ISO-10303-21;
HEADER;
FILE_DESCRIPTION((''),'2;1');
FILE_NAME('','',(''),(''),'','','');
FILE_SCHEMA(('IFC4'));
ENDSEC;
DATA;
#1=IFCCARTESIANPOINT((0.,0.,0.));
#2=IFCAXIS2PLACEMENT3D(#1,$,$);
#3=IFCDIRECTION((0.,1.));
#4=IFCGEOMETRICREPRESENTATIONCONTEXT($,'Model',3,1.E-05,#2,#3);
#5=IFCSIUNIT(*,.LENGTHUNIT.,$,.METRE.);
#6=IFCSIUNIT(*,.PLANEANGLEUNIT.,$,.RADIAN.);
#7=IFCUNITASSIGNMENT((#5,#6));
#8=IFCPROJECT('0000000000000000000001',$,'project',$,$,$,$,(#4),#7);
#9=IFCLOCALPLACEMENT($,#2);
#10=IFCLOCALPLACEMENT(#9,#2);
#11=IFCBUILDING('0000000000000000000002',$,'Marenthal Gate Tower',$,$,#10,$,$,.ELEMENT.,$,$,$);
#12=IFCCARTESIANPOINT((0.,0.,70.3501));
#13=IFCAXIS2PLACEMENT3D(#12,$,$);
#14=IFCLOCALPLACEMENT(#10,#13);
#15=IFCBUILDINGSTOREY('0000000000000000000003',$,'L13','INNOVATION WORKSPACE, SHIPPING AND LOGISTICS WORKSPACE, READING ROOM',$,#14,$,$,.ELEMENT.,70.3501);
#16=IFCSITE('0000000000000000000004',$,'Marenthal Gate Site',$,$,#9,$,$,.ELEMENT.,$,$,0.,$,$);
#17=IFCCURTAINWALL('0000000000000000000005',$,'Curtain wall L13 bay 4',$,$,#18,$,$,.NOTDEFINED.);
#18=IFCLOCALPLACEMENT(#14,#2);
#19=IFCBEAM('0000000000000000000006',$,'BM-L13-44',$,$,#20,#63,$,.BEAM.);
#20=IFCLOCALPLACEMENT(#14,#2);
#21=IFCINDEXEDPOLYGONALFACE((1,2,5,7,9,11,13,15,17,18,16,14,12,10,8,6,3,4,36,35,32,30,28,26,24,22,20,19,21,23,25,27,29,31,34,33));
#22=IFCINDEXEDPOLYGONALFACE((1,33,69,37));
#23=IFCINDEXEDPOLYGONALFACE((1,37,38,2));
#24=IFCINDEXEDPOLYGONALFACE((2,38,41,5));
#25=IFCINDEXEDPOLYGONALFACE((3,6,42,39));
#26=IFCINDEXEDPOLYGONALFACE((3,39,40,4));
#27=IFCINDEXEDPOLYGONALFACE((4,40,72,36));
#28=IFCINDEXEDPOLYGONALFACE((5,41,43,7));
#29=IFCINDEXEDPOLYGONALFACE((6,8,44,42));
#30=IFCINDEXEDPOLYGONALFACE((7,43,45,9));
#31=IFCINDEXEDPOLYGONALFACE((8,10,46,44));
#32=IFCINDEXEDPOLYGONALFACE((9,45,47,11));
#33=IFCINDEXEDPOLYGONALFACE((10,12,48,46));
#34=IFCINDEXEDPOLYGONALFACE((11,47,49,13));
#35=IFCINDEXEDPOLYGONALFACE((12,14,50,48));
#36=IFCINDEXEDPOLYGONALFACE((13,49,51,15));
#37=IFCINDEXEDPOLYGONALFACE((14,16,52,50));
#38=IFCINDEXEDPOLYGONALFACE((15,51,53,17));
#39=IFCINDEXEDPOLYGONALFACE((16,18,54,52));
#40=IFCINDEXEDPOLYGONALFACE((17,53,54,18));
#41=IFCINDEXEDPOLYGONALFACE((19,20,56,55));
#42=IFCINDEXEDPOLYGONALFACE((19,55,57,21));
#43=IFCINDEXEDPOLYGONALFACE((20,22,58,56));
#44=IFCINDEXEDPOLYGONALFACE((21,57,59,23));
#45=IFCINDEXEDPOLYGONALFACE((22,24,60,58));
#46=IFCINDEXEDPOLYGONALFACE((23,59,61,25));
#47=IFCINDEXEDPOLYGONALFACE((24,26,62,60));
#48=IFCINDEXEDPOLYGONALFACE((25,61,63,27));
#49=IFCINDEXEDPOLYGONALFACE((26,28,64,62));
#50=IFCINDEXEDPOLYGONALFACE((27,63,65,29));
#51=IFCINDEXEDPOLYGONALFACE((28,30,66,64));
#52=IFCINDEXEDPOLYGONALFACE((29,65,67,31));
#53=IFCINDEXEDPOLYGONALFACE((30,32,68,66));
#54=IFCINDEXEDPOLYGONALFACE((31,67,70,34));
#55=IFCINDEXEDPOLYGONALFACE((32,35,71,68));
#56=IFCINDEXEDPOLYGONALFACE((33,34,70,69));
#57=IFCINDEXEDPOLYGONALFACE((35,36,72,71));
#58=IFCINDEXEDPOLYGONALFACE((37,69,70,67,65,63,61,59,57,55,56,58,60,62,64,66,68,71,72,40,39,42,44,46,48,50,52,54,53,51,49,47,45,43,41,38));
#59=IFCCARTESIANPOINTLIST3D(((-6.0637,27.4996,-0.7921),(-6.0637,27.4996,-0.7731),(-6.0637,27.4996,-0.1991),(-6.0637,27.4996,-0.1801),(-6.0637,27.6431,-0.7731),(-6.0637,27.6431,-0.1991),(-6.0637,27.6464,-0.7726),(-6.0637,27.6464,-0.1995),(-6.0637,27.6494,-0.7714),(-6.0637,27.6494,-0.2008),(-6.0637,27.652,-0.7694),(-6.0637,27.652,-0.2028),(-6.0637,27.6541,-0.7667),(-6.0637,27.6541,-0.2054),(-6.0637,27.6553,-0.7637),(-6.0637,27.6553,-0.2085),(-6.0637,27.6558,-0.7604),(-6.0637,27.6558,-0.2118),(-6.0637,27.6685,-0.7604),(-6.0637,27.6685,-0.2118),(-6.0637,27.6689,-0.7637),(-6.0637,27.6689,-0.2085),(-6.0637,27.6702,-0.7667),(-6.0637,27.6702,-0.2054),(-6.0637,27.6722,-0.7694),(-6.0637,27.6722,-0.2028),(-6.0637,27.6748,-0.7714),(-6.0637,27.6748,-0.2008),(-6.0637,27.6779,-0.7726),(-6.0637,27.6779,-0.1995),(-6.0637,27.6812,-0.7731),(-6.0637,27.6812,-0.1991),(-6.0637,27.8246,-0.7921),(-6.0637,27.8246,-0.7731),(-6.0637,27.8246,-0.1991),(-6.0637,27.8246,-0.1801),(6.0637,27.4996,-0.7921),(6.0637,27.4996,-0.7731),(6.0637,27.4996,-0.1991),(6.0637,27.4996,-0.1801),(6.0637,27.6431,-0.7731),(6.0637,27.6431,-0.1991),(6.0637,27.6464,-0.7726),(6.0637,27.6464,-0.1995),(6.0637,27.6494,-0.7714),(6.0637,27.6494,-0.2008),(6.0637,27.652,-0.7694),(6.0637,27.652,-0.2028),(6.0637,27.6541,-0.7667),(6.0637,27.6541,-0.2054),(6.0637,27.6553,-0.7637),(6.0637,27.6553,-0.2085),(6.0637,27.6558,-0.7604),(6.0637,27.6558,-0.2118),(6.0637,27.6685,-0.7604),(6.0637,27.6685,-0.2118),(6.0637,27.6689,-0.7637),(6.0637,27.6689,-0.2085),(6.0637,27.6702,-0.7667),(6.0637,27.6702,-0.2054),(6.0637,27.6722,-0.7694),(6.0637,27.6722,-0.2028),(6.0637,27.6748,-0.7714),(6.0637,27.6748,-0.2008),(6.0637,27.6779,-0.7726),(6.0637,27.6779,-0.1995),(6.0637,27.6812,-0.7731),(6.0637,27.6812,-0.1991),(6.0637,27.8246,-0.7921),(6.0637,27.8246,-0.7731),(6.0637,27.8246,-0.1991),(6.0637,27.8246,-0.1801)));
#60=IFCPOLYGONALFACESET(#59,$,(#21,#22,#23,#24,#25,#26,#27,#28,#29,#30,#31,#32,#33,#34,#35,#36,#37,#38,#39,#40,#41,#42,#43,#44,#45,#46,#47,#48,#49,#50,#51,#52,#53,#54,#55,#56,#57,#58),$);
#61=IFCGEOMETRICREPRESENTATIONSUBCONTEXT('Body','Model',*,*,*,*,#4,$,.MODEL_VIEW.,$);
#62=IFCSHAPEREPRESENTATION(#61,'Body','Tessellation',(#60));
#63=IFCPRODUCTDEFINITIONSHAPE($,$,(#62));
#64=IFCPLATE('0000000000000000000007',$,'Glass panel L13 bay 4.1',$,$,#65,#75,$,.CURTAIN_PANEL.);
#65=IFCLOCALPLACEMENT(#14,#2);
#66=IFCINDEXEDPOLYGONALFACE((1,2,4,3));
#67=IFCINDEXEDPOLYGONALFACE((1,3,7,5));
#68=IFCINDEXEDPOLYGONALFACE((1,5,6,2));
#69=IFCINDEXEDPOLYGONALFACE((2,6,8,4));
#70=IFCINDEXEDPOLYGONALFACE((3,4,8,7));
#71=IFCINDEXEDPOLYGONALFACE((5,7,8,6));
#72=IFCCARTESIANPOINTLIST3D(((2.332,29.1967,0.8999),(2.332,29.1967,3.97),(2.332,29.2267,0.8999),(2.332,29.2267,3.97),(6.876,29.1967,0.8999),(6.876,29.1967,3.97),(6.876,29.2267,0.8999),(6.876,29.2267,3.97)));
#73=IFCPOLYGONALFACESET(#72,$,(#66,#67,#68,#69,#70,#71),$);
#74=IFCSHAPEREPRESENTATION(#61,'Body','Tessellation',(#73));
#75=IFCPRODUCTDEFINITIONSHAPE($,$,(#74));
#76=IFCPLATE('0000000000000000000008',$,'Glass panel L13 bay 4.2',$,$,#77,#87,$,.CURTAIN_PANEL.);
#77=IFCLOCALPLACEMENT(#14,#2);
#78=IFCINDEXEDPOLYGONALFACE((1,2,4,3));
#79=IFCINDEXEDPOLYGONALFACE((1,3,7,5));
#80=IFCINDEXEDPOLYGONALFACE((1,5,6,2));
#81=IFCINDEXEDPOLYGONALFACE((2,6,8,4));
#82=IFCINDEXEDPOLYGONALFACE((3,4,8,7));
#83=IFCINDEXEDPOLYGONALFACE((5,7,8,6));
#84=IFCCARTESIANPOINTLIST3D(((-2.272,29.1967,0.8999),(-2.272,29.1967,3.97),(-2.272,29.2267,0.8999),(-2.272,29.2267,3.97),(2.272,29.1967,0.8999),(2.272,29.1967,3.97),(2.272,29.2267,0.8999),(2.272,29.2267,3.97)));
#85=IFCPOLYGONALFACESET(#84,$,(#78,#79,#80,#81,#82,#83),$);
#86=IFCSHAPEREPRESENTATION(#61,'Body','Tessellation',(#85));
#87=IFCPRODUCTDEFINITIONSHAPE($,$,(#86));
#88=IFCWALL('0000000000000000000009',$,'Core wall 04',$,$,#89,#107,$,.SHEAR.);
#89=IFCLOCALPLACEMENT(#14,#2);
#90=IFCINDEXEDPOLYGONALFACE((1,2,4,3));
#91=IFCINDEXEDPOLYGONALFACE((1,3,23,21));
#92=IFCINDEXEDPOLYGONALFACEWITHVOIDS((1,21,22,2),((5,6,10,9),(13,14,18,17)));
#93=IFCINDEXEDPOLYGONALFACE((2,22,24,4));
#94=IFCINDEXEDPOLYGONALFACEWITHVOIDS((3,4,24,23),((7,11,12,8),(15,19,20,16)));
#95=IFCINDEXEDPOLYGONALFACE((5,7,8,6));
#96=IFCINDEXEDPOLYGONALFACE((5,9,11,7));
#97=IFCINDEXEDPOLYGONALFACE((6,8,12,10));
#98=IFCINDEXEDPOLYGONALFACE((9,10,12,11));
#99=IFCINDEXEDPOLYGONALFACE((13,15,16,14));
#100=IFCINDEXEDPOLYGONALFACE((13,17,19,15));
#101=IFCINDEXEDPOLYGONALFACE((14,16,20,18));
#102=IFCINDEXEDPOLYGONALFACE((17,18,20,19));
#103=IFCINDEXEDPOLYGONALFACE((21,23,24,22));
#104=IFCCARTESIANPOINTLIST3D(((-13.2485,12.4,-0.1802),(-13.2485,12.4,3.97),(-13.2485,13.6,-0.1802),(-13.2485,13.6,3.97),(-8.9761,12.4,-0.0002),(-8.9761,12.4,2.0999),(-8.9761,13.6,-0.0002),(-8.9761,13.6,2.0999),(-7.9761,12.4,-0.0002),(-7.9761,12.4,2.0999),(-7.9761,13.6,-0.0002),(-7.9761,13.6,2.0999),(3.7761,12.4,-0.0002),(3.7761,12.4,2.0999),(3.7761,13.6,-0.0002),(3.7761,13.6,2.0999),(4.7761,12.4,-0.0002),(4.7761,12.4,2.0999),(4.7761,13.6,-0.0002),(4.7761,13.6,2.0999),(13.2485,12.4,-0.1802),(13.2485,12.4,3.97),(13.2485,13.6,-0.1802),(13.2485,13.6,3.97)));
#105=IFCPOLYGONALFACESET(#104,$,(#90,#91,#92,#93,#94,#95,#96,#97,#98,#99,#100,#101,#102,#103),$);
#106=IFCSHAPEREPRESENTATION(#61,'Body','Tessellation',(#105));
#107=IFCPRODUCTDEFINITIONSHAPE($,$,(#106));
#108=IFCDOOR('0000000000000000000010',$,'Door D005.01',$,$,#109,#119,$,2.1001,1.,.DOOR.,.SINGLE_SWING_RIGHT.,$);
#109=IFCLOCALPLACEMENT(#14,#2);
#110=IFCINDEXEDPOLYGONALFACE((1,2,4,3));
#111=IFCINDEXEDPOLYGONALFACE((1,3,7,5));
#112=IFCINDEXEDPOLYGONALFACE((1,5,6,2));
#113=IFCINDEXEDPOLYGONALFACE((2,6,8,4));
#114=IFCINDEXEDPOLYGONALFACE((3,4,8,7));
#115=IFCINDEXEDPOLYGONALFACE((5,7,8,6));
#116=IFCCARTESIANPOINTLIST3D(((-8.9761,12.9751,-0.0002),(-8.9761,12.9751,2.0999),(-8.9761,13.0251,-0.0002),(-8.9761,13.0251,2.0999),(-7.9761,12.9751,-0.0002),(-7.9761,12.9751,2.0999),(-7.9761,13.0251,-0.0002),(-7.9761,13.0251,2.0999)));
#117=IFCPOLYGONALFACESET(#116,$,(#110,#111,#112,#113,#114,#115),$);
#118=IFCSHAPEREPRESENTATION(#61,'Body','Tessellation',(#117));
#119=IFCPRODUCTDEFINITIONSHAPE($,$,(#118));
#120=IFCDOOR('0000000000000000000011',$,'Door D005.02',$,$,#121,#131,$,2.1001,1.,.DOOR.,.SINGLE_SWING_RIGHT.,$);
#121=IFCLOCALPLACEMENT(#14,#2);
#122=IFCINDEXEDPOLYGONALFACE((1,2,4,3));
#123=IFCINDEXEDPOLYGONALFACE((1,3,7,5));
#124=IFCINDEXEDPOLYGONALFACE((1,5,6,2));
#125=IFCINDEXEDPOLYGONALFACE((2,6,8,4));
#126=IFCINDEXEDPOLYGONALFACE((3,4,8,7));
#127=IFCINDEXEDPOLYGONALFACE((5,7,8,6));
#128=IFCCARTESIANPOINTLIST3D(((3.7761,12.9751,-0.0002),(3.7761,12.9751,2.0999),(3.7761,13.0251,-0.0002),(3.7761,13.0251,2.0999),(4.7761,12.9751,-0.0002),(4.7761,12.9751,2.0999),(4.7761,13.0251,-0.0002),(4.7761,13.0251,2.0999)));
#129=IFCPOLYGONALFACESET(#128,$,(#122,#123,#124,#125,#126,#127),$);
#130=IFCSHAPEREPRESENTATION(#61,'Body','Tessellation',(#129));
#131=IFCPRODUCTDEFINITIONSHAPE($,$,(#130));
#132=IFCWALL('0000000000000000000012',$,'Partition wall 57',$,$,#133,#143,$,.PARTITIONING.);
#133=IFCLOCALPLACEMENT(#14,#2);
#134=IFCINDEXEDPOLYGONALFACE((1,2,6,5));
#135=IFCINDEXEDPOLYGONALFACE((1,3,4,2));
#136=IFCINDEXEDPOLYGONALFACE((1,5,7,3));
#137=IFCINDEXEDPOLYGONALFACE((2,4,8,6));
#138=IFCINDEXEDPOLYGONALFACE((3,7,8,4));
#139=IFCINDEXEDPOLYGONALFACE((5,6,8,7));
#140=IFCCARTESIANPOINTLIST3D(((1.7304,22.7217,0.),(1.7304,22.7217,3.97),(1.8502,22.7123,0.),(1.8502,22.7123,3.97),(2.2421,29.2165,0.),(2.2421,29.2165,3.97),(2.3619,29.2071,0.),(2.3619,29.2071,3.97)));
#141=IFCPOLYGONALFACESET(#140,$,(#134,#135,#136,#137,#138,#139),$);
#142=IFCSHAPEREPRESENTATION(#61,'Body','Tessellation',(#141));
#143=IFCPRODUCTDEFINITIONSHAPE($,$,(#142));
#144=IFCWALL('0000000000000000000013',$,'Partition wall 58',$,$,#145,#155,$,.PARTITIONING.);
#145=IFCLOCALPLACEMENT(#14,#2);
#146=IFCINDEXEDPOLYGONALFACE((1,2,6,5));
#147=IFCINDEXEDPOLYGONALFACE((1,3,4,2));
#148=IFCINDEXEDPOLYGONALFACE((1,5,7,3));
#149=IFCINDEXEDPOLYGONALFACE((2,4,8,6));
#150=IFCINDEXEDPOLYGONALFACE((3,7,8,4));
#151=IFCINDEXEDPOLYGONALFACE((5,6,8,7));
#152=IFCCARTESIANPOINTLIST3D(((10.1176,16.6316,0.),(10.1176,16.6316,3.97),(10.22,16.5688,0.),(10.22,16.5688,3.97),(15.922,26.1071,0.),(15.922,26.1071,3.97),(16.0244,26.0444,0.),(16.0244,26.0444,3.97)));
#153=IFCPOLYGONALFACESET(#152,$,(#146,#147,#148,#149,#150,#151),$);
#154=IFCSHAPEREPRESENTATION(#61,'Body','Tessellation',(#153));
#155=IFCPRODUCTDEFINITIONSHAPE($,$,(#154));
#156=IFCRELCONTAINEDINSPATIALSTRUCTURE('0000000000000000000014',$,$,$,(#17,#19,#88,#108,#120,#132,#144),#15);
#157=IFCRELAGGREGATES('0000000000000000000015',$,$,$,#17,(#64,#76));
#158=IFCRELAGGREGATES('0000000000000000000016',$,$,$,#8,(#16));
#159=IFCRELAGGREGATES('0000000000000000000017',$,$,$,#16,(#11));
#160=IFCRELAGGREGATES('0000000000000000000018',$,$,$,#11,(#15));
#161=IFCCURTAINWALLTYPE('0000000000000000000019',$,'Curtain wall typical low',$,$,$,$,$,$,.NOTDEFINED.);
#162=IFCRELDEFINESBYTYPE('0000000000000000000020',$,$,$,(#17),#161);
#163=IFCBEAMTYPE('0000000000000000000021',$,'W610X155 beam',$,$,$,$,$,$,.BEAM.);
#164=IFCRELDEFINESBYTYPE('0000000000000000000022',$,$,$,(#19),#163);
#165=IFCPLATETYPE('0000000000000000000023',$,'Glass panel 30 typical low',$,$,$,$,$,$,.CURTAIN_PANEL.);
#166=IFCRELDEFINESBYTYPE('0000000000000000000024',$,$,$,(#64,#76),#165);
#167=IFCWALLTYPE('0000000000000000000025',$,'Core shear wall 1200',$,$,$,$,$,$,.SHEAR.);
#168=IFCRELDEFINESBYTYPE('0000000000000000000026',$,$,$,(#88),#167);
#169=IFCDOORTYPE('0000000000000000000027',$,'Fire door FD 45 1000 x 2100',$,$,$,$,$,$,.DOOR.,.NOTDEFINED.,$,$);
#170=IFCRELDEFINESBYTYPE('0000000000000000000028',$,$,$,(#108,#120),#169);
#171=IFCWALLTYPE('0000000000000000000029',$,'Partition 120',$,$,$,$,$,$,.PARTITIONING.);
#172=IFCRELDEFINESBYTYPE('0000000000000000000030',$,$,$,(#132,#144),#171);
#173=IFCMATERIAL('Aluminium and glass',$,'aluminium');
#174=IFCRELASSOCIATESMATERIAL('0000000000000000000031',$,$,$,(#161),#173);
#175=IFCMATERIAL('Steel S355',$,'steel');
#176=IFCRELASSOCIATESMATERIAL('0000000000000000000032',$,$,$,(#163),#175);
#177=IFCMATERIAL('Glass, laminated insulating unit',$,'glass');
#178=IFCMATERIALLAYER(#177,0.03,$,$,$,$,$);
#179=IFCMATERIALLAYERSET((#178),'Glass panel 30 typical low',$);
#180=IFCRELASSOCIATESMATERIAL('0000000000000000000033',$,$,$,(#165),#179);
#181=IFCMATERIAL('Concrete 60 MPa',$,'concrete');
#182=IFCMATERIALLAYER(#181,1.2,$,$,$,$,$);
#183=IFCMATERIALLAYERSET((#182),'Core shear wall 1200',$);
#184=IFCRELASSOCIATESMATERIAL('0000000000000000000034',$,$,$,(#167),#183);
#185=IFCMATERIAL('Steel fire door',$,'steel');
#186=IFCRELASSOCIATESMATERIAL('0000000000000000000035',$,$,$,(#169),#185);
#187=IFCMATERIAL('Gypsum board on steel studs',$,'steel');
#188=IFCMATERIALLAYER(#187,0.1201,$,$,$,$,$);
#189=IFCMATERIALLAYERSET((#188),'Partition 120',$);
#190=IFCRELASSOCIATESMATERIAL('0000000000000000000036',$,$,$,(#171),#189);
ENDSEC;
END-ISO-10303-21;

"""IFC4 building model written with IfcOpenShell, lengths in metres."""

from ifc_helpers import new_model, si_unit, direction, frame, frame_2d, origin, origin_2d, place, context, subcontext, project, spatial, rectangle, i_section, extrude, material, layer, layer_set, material_profile, profile_set, type_object, element, fill, aggregate, save


model = new_model("IFC4")

# Units and contexts
model_context = context("Model", 3, precision=1e-05, world=origin(), true_north=direction((0.0, 1.0)))
body_context = subcontext(model_context, "Body", "Model", "MODEL_VIEW")
ifc_project = project(units=[si_unit("LENGTHUNIT", "METRE"), si_unit("PLANEANGLEUNIT", "RADIAN")], contexts=[model_context])

# Site, building, storey
site_placement = place(None, origin())
site = spatial("IfcSite", under=ifc_project, at=site_placement, Name="Marenthal Gate Site", CompositionType="ELEMENT", RefElevation=0.0)
building_placement = place(site_placement, origin())
building = spatial("IfcBuilding", under=site, at=building_placement, Name="Marenthal Gate Tower", CompositionType="ELEMENT")
storey_placement = place(building_placement, frame((0.0, 0.0, 70.3501)))
storey = spatial("IfcBuildingStorey", under=building, at=storey_placement, Name="L13", Description="INNOVATION WORKSPACE, SHIPPING AND LOGISTICS WORKSPACE, READING ROOM", CompositionType="ELEMENT", Elevation=70.3501)

# Curtain wall
ifc_material_1 = material(Name="Aluminium and glass", Category="aluminium")
curtain_wall_type = type_object("IfcCurtainWallType", Name="Curtain wall typical low", PredefinedType="NOTDEFINED", material=ifc_material_1)
curtain_wall_placement = place(storey_placement, origin())
curtain_wall = element("IfcCurtainWall", 1, at=curtain_wall_placement, inside=storey, type_object=curtain_wall_type, Name="Curtain wall L13 bay 4", PredefinedType="NOTDEFINED")

# Beam
ifc_material_2 = material(Name="Steel S355", Category="steel")
ifc_material_profile_1 = material_profile(ifc_material_2, i_section(OverallWidth=0.325, OverallDepth=0.6121, WebThickness=0.0127, FlangeThickness=0.019, FilletRadius=0.0127, at=origin_2d()), Name="W610X155")
ifc_profile_set_1 = profile_set([ifc_material_profile_1], Name="Steel S355")
beam_type_1 = type_object("IfcBeamType", Name="W610X155 beam", PredefinedType="BEAM", material=ifc_profile_set_1)
beam_1_placement = place(storey_placement, frame((6.0637, 27.6621, -0.4861), z_axis=(-1.0, 0.0, 0.0), x_axis=(0.0, -1.0, 0.0)))
element("IfcBeam", 2, at=beam_1_placement, inside=storey, type_object=beam_type_1, Name="BM-L13-44", PredefinedType="BEAM", context=body_context, shape_type="SweptSolid", body=[
    extrude(i_section(OverallWidth=0.325, OverallDepth=0.6121, WebThickness=0.0127, FlangeThickness=0.019, FilletRadius=0.0127, at=origin_2d()), origin(), (0.0, 0.0, 1.0), 12.1274),
])

# Plates
ifc_material_3 = material(Name="Glass, laminated insulating unit", Category="glass")
ifc_layer_1 = layer(ifc_material_3, 0.03)
ifc_layer_set_1 = layer_set([ifc_layer_1], Name="Glass panel 30 typical low")
plate_type = type_object("IfcPlateType", Name="Glass panel 30 typical low", PredefinedType="CURTAIN_PANEL", material=ifc_layer_set_1)
plate_1_placement = place(storey_placement, frame((4.604, 29.2117, 0.8999), z_axis=(0.0, 0.0, 1.0), x_axis=(-1.0, 0.0, 0.0)))
plate_1 = element("IfcPlate", 3, at=plate_1_placement, type_object=plate_type, Name="Glass panel L13 bay 4.1", PredefinedType="CURTAIN_PANEL", context=body_context, shape_type="SweptSolid", body=[
    extrude(rectangle(XDim=4.5439, YDim=0.03, at=origin_2d()), origin(), (0.0, 0.0, 1.0), 3.0701),
])
plate_2_placement = place(storey_placement, frame((0.0, 29.2117, 0.8999), z_axis=(0.0, 0.0, 1.0), x_axis=(-1.0, 0.0, 0.0)))
plate_2 = element("IfcPlate", 4, at=plate_2_placement, type_object=plate_type, Name="Glass panel L13 bay 4.2", PredefinedType="CURTAIN_PANEL", context=body_context, shape_type="SweptSolid", body=[
    extrude(rectangle(XDim=4.5439, YDim=0.03, at=origin_2d()), origin(), (0.0, 0.0, 1.0), 3.0701),
])
aggregate(curtain_wall, [plate_1, plate_2])

# Wall, openings, doors
ifc_material_4 = material(Name="Concrete 60 MPa", Category="concrete")
ifc_layer_2 = layer(ifc_material_4, 1.2)
ifc_layer_set_2 = layer_set([ifc_layer_2], Name="Core shear wall 1200")
wall_type_1 = type_object("IfcWallType", Name="Core shear wall 1200", PredefinedType="SHEAR", material=ifc_layer_set_2)
wall_1_placement = place(storey_placement, frame((13.2485, 13.0, -0.1802), z_axis=(0.0, 0.0, 1.0), x_axis=(-1.0, 0.0, 0.0)))
wall_1 = element("IfcWall", 5, at=wall_1_placement, inside=storey, type_object=wall_type_1, Name="Core wall 04", PredefinedType="SHEAR", context=body_context, shape_type="SweptSolid", body=[
    extrude(rectangle(XDim=26.4971, YDim=1.2, at=frame_2d((13.2485, 0.0))), origin(), (0.0, 0.0, 1.0), 4.1501),
])
opening_1_placement = place(wall_1_placement, frame((21.2246, 0.0, 0.1799)))
opening_1 = element("IfcOpeningElement", 6, at=opening_1_placement, cuts=wall_1, PredefinedType="OPENING", context=body_context, shape_type="SweptSolid", body=[
    extrude(rectangle(XDim=1.0, YDim=2.1001, at=frame_2d((0.5, 1.05))), frame((0.0, 0.6099, 0.0), z_axis=(0.0, -1.0, 0.0), x_axis=(1.0, 0.0, 0.0)), (0.0, 0.0, 1.0), 1.22),
])
opening_2_placement = place(wall_1_placement, frame((8.4724, 0.0, 0.1799)))
opening_2 = element("IfcOpeningElement", 7, at=opening_2_placement, cuts=wall_1, PredefinedType="OPENING", context=body_context, shape_type="SweptSolid", body=[
    extrude(rectangle(XDim=1.0, YDim=2.1001, at=frame_2d((0.5, 1.05))), frame((0.0, 0.6099, 0.0), z_axis=(0.0, -1.0, 0.0), x_axis=(1.0, 0.0, 0.0)), (0.0, 0.0, 1.0), 1.22),
])
ifc_material_5 = material(Name="Steel fire door", Category="steel")
door_type_1 = type_object("IfcDoorType", Name="Fire door FD 45 1000 x 2100", OperationType="NOTDEFINED", PredefinedType="DOOR", material=ifc_material_5)
door_1_placement = place(opening_1_placement, origin())
door_1 = element("IfcDoor", 8, at=door_1_placement, inside=storey, type_object=door_type_1, Name="Door D005.01", OperationType="SINGLE_SWING_RIGHT", OverallHeight=2.1001, OverallWidth=1.0, PredefinedType="DOOR", context=body_context, shape_type="SweptSolid", body=[
    extrude(rectangle(XDim=1.0, YDim=2.1001, at=frame_2d((0.5, 1.05))), frame((0.0, 0.0249, 0.0), z_axis=(0.0, -1.0, 0.0), x_axis=(1.0, 0.0, 0.0)), (0.0, 0.0, 1.0), 0.05),
])
fill(opening_1, door_1)
door_2_placement = place(opening_2_placement, origin())
door_2 = element("IfcDoor", 9, at=door_2_placement, inside=storey, type_object=door_type_1, Name="Door D005.02", OperationType="SINGLE_SWING_RIGHT", OverallHeight=2.1001, OverallWidth=1.0, PredefinedType="DOOR", context=body_context, shape_type="SweptSolid", body=[
    extrude(rectangle(XDim=1.0, YDim=2.1001, at=frame_2d((0.5, 1.05))), frame((0.0, 0.0249, 0.0), z_axis=(0.0, -1.0, 0.0), x_axis=(1.0, 0.0, 0.0)), (0.0, 0.0, 1.0), 0.05),
])
fill(opening_2, door_2)

# Walls
ifc_material_6 = material(Name="Gypsum board on steel studs", Category="steel")
ifc_layer_3 = layer(ifc_material_6, 0.1201)
ifc_layer_set_3 = layer_set([ifc_layer_3], Name="Partition 120")
wall_type_2 = type_object("IfcWallType", Name="Partition 120", PredefinedType="PARTITIONING", material=ifc_layer_set_3)
wall_2_placement = place(storey_placement, frame((2.302, 29.2117, 0.0), z_axis=(0.0, 0.0, 1.0), x_axis=(-0.078545, -0.996911, 0.0)))
element("IfcWall", 10, at=wall_2_placement, inside=storey, type_object=wall_type_2, Name="Partition wall 57", PredefinedType="PARTITIONING", context=body_context, shape_type="SweptSolid", body=[
    extrude(rectangle(XDim=6.5149, YDim=0.1201, at=frame_2d((3.2573, 0.0))), origin(), (0.0, 0.0, 1.0), 3.97),
])
wall_3_placement = place(storey_placement, frame((10.1687, 16.6001, 0.0), z_axis=(0.0, 0.0, 1.0), x_axis=(0.522354, 0.852728, 0.0)))
element("IfcWall", 11, at=wall_3_placement, inside=storey, type_object=wall_type_2, Name="Partition wall 58", PredefinedType="PARTITIONING", context=body_context, shape_type="SweptSolid", body=[
    extrude(rectangle(XDim=11.1121, YDim=0.1201, at=frame_2d((5.5562, 0.0))), origin(), (0.0, 0.0, 1.0), 3.97),
])

save(model, "model.ifc")
